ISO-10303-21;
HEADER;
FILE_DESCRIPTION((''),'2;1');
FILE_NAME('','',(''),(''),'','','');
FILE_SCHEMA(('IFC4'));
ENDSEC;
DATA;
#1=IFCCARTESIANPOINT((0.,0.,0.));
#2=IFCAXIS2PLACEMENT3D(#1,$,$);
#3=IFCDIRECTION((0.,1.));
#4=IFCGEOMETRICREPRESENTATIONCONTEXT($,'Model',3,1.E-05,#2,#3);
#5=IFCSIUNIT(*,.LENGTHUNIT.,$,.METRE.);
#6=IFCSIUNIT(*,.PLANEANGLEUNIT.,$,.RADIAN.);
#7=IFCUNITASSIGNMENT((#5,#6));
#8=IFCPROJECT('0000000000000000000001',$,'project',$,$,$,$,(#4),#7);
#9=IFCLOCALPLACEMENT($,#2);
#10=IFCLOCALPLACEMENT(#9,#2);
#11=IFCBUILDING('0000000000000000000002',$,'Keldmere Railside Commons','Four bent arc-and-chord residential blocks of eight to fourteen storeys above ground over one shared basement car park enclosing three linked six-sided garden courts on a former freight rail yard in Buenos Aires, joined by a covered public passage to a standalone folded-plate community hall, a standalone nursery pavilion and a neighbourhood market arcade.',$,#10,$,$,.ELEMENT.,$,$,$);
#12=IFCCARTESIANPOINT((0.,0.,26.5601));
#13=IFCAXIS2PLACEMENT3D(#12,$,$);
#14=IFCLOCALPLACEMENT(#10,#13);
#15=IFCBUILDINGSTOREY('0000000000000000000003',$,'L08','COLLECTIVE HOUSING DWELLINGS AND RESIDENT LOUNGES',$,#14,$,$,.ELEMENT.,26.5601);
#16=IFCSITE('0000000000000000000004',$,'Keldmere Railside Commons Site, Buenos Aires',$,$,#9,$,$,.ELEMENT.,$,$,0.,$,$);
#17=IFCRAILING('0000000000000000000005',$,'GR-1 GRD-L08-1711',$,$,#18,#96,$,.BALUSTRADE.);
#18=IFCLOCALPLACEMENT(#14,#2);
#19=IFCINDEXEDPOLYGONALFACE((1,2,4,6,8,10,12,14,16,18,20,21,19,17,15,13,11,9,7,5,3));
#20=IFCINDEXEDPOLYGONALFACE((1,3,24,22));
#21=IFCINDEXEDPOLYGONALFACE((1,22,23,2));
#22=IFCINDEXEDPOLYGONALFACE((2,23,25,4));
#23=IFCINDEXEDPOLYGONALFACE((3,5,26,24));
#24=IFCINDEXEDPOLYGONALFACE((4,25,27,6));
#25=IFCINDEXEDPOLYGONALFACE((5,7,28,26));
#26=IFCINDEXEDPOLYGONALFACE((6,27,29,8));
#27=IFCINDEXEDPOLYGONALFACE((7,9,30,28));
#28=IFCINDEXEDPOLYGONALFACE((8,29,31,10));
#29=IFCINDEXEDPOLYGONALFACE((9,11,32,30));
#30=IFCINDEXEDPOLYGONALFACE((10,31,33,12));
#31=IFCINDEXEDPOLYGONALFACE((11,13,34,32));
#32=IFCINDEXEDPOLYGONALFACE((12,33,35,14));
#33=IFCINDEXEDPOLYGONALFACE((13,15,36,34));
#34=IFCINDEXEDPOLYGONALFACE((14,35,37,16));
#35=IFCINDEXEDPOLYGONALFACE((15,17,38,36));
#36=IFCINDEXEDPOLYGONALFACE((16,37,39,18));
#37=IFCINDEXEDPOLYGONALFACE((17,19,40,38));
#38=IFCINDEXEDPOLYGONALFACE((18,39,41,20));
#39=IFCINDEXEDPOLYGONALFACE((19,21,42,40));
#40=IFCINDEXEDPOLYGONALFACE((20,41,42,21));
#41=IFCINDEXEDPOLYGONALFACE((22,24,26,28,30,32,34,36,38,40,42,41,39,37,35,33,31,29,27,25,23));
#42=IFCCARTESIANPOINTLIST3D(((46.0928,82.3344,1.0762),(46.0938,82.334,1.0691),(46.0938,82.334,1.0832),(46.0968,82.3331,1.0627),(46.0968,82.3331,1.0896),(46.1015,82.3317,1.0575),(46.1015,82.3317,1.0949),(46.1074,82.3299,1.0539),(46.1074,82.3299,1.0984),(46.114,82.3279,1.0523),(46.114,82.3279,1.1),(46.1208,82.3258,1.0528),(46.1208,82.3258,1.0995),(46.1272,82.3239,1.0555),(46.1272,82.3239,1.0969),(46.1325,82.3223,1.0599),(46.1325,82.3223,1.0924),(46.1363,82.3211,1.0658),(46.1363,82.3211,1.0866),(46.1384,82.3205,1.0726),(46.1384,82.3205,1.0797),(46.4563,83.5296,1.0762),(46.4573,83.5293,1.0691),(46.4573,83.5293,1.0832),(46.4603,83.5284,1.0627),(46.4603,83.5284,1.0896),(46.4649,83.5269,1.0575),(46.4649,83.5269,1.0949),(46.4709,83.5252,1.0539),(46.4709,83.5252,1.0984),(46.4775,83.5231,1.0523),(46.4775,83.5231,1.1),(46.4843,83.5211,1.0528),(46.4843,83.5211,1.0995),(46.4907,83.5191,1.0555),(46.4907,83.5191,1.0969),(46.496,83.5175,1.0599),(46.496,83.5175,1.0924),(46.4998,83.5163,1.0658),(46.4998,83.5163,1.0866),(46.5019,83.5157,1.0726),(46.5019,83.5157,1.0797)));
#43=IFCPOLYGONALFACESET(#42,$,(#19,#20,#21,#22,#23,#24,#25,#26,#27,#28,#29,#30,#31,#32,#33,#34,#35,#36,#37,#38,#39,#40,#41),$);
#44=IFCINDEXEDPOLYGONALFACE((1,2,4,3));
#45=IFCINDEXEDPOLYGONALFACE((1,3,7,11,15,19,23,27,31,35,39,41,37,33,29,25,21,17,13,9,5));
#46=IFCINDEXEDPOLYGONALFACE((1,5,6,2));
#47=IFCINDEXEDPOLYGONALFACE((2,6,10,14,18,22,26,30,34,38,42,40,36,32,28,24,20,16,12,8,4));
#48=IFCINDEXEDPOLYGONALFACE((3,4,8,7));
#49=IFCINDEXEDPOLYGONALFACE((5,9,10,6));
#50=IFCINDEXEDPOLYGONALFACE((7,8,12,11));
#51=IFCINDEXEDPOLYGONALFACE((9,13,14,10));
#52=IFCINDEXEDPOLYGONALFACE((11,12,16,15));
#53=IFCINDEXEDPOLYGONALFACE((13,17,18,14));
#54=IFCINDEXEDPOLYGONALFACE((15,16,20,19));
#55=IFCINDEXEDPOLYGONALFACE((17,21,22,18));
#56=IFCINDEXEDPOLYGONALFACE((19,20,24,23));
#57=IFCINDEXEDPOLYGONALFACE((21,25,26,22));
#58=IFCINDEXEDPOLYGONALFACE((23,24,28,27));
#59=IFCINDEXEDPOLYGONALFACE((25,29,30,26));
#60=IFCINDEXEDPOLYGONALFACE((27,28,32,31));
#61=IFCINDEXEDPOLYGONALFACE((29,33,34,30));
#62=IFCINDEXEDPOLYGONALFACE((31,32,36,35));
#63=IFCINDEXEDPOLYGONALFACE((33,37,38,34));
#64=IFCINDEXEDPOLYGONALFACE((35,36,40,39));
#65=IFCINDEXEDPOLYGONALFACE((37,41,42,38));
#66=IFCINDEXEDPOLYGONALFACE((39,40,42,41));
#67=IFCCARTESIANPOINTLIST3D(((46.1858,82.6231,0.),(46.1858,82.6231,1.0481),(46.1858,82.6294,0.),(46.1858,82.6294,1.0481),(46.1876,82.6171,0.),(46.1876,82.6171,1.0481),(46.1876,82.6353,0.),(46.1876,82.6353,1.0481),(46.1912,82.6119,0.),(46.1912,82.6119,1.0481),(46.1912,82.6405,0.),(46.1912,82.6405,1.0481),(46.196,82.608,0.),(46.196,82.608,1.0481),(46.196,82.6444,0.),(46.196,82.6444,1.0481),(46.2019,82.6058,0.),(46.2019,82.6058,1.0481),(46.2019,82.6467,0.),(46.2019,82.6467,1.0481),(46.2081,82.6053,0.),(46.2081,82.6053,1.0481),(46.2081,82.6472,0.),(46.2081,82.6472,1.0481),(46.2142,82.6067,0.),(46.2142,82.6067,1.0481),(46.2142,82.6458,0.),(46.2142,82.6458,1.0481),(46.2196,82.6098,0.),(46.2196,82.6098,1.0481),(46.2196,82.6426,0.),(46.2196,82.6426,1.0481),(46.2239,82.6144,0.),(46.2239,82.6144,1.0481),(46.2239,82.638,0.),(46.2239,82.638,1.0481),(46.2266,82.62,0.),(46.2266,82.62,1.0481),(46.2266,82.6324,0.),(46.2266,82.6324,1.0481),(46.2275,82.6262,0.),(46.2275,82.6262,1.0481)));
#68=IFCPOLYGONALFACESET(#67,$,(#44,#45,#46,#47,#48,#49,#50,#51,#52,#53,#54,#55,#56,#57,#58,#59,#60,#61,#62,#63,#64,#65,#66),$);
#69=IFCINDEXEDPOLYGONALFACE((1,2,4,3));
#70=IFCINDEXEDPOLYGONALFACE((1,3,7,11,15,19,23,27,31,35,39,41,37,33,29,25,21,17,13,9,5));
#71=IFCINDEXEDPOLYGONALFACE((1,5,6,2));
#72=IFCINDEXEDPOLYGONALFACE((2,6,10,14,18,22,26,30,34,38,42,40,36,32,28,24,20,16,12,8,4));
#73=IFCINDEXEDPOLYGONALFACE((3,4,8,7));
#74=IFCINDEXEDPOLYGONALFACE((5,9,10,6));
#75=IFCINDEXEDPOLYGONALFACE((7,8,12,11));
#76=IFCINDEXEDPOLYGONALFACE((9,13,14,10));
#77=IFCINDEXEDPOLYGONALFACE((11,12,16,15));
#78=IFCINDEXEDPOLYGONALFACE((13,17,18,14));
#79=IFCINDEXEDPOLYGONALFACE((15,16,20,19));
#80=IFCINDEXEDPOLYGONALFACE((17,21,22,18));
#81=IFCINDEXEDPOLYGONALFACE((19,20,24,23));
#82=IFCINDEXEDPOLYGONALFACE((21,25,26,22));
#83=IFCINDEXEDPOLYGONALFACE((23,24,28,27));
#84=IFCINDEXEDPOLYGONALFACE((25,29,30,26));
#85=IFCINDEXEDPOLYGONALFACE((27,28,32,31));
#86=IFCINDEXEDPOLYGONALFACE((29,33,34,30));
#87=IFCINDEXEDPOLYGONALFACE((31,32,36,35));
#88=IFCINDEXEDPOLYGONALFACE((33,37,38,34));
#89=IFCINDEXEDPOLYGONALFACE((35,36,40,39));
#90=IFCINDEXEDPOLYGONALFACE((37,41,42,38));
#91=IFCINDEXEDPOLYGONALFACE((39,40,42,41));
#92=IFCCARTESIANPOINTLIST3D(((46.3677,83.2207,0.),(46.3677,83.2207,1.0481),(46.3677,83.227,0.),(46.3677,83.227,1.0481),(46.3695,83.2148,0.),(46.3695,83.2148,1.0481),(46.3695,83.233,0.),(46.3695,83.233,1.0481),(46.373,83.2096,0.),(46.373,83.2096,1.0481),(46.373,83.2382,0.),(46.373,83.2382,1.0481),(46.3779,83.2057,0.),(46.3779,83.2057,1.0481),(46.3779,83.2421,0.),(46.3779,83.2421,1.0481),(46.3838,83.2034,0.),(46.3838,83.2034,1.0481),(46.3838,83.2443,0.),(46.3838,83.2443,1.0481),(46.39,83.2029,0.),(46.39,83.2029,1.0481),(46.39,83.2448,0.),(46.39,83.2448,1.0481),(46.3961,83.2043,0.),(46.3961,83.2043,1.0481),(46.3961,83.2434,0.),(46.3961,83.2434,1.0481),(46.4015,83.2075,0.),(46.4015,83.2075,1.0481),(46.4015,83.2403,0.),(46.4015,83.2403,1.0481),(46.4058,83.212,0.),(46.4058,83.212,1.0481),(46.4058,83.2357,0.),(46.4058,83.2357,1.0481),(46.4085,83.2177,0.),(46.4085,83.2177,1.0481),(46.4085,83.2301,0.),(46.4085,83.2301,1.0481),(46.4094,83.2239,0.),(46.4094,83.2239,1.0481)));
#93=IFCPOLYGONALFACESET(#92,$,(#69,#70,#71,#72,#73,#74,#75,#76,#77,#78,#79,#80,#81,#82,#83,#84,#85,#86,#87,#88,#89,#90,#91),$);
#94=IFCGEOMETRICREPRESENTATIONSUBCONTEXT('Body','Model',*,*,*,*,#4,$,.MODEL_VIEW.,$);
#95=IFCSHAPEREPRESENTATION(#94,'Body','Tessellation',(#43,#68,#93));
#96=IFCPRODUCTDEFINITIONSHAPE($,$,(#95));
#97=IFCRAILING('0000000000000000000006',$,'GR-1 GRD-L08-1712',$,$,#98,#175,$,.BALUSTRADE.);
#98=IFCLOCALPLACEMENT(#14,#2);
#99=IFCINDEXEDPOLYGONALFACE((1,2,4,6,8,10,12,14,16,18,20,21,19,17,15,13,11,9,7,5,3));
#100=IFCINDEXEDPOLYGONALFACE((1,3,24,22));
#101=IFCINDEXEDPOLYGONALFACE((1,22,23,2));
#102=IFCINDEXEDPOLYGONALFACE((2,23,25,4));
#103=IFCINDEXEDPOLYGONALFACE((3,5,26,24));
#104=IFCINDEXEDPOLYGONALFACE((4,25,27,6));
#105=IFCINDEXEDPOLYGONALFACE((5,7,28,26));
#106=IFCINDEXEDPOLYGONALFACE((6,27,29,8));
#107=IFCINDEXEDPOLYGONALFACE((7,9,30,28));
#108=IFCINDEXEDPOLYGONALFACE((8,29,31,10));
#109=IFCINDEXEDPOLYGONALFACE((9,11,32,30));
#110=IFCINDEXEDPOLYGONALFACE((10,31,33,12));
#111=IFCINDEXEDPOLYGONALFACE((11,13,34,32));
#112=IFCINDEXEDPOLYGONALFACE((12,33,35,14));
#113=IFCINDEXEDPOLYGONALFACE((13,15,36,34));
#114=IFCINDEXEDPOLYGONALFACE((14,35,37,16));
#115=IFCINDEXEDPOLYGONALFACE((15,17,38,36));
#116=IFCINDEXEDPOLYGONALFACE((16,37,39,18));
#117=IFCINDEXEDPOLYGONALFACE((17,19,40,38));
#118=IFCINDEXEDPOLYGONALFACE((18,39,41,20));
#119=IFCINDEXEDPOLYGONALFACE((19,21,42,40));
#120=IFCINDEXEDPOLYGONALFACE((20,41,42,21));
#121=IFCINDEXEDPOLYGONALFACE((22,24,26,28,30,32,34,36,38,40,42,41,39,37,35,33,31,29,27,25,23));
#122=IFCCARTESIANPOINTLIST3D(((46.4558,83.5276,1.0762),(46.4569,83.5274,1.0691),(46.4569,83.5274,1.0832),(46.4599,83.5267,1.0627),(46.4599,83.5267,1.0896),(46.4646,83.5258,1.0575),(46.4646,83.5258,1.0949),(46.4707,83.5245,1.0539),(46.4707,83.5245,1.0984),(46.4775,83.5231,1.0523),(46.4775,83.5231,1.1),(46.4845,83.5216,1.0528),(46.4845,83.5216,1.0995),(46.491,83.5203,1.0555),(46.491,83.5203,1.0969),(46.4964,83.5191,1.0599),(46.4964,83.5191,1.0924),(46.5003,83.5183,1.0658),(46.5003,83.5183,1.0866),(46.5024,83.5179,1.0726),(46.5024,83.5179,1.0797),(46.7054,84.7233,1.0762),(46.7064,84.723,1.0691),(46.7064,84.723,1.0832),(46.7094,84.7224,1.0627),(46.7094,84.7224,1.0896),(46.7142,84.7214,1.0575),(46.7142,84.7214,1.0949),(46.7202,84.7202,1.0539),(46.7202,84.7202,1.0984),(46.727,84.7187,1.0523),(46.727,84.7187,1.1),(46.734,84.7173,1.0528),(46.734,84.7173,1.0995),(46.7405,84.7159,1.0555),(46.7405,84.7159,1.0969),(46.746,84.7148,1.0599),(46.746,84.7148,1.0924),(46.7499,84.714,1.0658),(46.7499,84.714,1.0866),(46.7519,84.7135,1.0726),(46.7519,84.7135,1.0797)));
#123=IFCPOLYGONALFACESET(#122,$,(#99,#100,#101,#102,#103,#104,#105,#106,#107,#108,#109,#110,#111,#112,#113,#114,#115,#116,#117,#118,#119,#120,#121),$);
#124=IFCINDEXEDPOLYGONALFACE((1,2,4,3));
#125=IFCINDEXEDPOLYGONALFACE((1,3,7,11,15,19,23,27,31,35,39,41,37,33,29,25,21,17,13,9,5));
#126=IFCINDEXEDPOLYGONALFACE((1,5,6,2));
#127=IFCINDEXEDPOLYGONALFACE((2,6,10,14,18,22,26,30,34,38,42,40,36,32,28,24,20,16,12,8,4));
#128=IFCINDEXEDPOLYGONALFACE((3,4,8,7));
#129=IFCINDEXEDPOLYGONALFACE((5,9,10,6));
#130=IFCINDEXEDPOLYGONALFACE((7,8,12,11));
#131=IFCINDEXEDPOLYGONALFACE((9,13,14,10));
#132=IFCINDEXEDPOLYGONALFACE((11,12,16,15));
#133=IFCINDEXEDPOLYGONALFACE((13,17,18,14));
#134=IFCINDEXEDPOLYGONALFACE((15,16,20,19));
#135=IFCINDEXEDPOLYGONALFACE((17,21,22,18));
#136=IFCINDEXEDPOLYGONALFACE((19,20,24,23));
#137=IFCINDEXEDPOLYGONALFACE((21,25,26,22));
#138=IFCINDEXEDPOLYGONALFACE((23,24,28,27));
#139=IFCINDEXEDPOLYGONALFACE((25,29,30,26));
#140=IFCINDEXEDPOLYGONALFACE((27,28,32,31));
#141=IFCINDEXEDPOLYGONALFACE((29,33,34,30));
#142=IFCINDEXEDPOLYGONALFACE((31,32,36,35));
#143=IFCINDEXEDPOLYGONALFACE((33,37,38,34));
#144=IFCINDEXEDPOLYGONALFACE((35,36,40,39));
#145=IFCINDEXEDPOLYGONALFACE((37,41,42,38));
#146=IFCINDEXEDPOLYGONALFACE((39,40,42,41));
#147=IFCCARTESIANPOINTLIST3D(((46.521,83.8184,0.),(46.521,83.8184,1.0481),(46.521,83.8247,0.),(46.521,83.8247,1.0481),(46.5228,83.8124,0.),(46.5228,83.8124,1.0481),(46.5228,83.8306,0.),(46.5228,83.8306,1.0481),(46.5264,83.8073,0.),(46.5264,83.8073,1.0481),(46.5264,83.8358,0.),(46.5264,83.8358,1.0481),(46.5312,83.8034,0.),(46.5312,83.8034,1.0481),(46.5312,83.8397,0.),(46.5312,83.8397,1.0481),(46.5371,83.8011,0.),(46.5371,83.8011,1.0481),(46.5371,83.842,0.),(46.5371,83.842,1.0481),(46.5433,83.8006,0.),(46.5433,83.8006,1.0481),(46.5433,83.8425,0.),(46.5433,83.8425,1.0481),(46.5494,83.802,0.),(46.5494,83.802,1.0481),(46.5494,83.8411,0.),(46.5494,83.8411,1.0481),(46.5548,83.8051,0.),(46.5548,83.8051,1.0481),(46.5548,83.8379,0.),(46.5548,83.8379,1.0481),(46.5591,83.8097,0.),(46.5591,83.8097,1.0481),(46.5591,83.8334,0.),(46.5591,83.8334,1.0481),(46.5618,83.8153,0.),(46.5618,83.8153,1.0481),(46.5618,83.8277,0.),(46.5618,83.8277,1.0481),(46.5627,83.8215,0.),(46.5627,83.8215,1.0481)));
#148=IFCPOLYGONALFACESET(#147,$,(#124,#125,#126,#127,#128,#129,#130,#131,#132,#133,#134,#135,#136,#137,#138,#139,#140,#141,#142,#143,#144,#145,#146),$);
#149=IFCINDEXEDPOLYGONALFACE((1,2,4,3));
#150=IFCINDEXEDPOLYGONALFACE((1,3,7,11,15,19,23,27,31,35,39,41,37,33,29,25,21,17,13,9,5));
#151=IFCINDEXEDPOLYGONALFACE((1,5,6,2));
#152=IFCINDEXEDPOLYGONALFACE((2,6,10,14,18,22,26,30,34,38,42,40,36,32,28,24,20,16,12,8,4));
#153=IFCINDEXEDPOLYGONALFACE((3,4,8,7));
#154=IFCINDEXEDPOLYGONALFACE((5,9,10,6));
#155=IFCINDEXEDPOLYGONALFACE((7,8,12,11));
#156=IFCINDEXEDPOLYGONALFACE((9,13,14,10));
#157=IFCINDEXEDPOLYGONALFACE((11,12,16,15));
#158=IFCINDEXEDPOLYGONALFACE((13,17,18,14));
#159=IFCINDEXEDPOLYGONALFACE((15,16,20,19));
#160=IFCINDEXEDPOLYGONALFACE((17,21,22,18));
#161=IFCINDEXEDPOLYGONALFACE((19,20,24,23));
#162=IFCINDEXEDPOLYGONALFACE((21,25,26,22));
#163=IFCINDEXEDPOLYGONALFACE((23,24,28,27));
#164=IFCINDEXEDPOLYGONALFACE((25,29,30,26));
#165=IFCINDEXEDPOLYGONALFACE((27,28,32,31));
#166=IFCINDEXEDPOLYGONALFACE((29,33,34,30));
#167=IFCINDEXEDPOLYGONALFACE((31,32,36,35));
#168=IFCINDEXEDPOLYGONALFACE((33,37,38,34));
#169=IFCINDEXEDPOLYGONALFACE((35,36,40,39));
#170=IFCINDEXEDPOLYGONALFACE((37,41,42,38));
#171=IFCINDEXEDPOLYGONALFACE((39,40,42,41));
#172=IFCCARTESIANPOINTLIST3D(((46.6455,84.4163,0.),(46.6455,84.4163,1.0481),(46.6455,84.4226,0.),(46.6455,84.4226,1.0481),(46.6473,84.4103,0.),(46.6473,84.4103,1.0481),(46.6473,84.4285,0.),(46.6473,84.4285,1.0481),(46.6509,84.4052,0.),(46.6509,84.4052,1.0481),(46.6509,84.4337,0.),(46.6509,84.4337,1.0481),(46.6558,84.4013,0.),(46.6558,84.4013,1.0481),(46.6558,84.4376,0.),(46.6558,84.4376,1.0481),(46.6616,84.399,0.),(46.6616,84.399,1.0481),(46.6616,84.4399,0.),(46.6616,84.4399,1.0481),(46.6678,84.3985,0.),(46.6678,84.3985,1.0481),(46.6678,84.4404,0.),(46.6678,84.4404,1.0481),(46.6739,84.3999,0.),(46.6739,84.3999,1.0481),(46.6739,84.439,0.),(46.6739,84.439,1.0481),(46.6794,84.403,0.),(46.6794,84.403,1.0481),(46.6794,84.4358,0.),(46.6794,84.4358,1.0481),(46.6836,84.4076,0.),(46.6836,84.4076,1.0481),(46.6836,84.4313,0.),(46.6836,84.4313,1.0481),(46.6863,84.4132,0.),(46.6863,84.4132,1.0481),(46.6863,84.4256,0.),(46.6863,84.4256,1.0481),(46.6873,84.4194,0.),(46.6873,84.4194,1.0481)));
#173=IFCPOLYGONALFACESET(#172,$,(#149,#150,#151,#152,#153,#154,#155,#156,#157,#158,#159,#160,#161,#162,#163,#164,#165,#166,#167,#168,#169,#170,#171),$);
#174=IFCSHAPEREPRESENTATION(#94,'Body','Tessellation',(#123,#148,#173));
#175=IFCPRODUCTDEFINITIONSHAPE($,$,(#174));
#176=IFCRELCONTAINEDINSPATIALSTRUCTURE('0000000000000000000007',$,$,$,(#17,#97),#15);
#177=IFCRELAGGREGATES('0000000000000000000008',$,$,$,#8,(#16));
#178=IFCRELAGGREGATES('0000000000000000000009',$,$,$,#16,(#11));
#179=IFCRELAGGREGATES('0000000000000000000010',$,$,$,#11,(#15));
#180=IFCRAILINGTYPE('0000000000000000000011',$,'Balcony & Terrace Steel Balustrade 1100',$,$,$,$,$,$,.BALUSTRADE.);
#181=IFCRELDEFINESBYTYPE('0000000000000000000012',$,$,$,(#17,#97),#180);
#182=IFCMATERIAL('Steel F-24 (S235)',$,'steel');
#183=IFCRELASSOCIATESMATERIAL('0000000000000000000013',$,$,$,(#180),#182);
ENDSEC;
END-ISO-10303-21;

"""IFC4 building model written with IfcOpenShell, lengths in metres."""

from ifc_helpers import new_model, si_unit, direction, frame, origin, origin_2d, place, context, subcontext, project, spatial, circle, extrude, material, type_object, element, save


model = new_model("IFC4")

# Units and contexts
model_context = context("Model", 3, precision=1e-05, world=origin(), true_north=direction((0.0, 1.0)))
body_context = subcontext(model_context, "Body", "Model", "MODEL_VIEW")
ifc_project = project(units=[si_unit("LENGTHUNIT", "METRE"), si_unit("PLANEANGLEUNIT", "RADIAN")], contexts=[model_context])

# Site, building, storey
site_placement = place(None, origin())
site = spatial("IfcSite", under=ifc_project, at=site_placement, Name="Keldmere Railside Commons Site, Buenos Aires", CompositionType="ELEMENT", RefElevation=0.0)
building_placement = place(site_placement, origin())
building = spatial("IfcBuilding", under=site, at=building_placement, Name="Keldmere Railside Commons", Description="Four bent arc-and-chord residential blocks of eight to fourteen storeys above ground over one shared basement car park enclosing three linked six-sided garden courts on a former freight rail yard in Buenos Aires, joined by a covered public passage to a standalone folded-plate community hall, a standalone nursery pavilion and a neighbourhood market arcade.", CompositionType="ELEMENT")
storey_placement = place(building_placement, frame((0.0, 0.0, 26.5601)))
storey = spatial("IfcBuildingStorey", under=building, at=storey_placement, Name="L08", Description="COLLECTIVE HOUSING DWELLINGS AND RESIDENT LOUNGES", CompositionType="ELEMENT", Elevation=26.5601)

# Railings
ifc_material_1 = material(Name="Steel F-24 (S235)", Category="steel")
railing_type = type_object("IfcRailingType", Name="Balcony & Terrace Steel Balustrade 1100", PredefinedType="BALUSTRADE", material=ifc_material_1)
railing_1_placement = place(storey_placement, frame((46.1157, 82.3274, 0.0)))
element("IfcRailing", 1, at=railing_1_placement, inside=storey, type_object=railing_type, Name="GR-1 GRD-L08-1711", PredefinedType="BALUSTRADE", context=body_context, shape_type="SweptSolid", body=[
    extrude(circle(Radius=0.0239, at=origin_2d()), frame((0.0, 0.0, 1.0762), z_axis=(0.290967, 0.956733, 0.0), x_axis=(-0.956733, 0.290967, 0.0)), (0.0, 0.0, 1.0), 1.2493),
    extrude(circle(Radius=0.021, at=origin_2d()), frame((0.0908, 0.2988, 0.0)), (0.0, 0.0, 1.0), 1.0481),
    extrude(circle(Radius=0.021, at=origin_2d()), frame((0.2727, 0.8965, 0.0)), (0.0, 0.0, 1.0), 1.0481),
])
railing_2_placement = place(storey_placement, frame((46.4792, 83.5227, 0.0)))
element("IfcRailing", 2, at=railing_2_placement, inside=storey, type_object=railing_type, Name="GR-1 GRD-L08-1712", PredefinedType="BALUSTRADE", context=body_context, shape_type="SweptSolid", body=[
    extrude(circle(Radius=0.0239, at=origin_2d()), frame((0.0, 0.0, 1.0762), z_axis=(0.204297, 0.978909, 0.0), x_axis=(-0.978909, 0.204297, 0.0)), (0.0, 0.0, 1.0), 1.2214),
    extrude(circle(Radius=0.021, at=origin_2d()), frame((0.0625, 0.2988, 0.0)), (0.0, 0.0, 1.0), 1.0481),
    extrude(circle(Radius=0.021, at=origin_2d()), frame((0.187, 0.8967, 0.0)), (0.0, 0.0, 1.0), 1.0481),
])

save(model, "model.ifc")
